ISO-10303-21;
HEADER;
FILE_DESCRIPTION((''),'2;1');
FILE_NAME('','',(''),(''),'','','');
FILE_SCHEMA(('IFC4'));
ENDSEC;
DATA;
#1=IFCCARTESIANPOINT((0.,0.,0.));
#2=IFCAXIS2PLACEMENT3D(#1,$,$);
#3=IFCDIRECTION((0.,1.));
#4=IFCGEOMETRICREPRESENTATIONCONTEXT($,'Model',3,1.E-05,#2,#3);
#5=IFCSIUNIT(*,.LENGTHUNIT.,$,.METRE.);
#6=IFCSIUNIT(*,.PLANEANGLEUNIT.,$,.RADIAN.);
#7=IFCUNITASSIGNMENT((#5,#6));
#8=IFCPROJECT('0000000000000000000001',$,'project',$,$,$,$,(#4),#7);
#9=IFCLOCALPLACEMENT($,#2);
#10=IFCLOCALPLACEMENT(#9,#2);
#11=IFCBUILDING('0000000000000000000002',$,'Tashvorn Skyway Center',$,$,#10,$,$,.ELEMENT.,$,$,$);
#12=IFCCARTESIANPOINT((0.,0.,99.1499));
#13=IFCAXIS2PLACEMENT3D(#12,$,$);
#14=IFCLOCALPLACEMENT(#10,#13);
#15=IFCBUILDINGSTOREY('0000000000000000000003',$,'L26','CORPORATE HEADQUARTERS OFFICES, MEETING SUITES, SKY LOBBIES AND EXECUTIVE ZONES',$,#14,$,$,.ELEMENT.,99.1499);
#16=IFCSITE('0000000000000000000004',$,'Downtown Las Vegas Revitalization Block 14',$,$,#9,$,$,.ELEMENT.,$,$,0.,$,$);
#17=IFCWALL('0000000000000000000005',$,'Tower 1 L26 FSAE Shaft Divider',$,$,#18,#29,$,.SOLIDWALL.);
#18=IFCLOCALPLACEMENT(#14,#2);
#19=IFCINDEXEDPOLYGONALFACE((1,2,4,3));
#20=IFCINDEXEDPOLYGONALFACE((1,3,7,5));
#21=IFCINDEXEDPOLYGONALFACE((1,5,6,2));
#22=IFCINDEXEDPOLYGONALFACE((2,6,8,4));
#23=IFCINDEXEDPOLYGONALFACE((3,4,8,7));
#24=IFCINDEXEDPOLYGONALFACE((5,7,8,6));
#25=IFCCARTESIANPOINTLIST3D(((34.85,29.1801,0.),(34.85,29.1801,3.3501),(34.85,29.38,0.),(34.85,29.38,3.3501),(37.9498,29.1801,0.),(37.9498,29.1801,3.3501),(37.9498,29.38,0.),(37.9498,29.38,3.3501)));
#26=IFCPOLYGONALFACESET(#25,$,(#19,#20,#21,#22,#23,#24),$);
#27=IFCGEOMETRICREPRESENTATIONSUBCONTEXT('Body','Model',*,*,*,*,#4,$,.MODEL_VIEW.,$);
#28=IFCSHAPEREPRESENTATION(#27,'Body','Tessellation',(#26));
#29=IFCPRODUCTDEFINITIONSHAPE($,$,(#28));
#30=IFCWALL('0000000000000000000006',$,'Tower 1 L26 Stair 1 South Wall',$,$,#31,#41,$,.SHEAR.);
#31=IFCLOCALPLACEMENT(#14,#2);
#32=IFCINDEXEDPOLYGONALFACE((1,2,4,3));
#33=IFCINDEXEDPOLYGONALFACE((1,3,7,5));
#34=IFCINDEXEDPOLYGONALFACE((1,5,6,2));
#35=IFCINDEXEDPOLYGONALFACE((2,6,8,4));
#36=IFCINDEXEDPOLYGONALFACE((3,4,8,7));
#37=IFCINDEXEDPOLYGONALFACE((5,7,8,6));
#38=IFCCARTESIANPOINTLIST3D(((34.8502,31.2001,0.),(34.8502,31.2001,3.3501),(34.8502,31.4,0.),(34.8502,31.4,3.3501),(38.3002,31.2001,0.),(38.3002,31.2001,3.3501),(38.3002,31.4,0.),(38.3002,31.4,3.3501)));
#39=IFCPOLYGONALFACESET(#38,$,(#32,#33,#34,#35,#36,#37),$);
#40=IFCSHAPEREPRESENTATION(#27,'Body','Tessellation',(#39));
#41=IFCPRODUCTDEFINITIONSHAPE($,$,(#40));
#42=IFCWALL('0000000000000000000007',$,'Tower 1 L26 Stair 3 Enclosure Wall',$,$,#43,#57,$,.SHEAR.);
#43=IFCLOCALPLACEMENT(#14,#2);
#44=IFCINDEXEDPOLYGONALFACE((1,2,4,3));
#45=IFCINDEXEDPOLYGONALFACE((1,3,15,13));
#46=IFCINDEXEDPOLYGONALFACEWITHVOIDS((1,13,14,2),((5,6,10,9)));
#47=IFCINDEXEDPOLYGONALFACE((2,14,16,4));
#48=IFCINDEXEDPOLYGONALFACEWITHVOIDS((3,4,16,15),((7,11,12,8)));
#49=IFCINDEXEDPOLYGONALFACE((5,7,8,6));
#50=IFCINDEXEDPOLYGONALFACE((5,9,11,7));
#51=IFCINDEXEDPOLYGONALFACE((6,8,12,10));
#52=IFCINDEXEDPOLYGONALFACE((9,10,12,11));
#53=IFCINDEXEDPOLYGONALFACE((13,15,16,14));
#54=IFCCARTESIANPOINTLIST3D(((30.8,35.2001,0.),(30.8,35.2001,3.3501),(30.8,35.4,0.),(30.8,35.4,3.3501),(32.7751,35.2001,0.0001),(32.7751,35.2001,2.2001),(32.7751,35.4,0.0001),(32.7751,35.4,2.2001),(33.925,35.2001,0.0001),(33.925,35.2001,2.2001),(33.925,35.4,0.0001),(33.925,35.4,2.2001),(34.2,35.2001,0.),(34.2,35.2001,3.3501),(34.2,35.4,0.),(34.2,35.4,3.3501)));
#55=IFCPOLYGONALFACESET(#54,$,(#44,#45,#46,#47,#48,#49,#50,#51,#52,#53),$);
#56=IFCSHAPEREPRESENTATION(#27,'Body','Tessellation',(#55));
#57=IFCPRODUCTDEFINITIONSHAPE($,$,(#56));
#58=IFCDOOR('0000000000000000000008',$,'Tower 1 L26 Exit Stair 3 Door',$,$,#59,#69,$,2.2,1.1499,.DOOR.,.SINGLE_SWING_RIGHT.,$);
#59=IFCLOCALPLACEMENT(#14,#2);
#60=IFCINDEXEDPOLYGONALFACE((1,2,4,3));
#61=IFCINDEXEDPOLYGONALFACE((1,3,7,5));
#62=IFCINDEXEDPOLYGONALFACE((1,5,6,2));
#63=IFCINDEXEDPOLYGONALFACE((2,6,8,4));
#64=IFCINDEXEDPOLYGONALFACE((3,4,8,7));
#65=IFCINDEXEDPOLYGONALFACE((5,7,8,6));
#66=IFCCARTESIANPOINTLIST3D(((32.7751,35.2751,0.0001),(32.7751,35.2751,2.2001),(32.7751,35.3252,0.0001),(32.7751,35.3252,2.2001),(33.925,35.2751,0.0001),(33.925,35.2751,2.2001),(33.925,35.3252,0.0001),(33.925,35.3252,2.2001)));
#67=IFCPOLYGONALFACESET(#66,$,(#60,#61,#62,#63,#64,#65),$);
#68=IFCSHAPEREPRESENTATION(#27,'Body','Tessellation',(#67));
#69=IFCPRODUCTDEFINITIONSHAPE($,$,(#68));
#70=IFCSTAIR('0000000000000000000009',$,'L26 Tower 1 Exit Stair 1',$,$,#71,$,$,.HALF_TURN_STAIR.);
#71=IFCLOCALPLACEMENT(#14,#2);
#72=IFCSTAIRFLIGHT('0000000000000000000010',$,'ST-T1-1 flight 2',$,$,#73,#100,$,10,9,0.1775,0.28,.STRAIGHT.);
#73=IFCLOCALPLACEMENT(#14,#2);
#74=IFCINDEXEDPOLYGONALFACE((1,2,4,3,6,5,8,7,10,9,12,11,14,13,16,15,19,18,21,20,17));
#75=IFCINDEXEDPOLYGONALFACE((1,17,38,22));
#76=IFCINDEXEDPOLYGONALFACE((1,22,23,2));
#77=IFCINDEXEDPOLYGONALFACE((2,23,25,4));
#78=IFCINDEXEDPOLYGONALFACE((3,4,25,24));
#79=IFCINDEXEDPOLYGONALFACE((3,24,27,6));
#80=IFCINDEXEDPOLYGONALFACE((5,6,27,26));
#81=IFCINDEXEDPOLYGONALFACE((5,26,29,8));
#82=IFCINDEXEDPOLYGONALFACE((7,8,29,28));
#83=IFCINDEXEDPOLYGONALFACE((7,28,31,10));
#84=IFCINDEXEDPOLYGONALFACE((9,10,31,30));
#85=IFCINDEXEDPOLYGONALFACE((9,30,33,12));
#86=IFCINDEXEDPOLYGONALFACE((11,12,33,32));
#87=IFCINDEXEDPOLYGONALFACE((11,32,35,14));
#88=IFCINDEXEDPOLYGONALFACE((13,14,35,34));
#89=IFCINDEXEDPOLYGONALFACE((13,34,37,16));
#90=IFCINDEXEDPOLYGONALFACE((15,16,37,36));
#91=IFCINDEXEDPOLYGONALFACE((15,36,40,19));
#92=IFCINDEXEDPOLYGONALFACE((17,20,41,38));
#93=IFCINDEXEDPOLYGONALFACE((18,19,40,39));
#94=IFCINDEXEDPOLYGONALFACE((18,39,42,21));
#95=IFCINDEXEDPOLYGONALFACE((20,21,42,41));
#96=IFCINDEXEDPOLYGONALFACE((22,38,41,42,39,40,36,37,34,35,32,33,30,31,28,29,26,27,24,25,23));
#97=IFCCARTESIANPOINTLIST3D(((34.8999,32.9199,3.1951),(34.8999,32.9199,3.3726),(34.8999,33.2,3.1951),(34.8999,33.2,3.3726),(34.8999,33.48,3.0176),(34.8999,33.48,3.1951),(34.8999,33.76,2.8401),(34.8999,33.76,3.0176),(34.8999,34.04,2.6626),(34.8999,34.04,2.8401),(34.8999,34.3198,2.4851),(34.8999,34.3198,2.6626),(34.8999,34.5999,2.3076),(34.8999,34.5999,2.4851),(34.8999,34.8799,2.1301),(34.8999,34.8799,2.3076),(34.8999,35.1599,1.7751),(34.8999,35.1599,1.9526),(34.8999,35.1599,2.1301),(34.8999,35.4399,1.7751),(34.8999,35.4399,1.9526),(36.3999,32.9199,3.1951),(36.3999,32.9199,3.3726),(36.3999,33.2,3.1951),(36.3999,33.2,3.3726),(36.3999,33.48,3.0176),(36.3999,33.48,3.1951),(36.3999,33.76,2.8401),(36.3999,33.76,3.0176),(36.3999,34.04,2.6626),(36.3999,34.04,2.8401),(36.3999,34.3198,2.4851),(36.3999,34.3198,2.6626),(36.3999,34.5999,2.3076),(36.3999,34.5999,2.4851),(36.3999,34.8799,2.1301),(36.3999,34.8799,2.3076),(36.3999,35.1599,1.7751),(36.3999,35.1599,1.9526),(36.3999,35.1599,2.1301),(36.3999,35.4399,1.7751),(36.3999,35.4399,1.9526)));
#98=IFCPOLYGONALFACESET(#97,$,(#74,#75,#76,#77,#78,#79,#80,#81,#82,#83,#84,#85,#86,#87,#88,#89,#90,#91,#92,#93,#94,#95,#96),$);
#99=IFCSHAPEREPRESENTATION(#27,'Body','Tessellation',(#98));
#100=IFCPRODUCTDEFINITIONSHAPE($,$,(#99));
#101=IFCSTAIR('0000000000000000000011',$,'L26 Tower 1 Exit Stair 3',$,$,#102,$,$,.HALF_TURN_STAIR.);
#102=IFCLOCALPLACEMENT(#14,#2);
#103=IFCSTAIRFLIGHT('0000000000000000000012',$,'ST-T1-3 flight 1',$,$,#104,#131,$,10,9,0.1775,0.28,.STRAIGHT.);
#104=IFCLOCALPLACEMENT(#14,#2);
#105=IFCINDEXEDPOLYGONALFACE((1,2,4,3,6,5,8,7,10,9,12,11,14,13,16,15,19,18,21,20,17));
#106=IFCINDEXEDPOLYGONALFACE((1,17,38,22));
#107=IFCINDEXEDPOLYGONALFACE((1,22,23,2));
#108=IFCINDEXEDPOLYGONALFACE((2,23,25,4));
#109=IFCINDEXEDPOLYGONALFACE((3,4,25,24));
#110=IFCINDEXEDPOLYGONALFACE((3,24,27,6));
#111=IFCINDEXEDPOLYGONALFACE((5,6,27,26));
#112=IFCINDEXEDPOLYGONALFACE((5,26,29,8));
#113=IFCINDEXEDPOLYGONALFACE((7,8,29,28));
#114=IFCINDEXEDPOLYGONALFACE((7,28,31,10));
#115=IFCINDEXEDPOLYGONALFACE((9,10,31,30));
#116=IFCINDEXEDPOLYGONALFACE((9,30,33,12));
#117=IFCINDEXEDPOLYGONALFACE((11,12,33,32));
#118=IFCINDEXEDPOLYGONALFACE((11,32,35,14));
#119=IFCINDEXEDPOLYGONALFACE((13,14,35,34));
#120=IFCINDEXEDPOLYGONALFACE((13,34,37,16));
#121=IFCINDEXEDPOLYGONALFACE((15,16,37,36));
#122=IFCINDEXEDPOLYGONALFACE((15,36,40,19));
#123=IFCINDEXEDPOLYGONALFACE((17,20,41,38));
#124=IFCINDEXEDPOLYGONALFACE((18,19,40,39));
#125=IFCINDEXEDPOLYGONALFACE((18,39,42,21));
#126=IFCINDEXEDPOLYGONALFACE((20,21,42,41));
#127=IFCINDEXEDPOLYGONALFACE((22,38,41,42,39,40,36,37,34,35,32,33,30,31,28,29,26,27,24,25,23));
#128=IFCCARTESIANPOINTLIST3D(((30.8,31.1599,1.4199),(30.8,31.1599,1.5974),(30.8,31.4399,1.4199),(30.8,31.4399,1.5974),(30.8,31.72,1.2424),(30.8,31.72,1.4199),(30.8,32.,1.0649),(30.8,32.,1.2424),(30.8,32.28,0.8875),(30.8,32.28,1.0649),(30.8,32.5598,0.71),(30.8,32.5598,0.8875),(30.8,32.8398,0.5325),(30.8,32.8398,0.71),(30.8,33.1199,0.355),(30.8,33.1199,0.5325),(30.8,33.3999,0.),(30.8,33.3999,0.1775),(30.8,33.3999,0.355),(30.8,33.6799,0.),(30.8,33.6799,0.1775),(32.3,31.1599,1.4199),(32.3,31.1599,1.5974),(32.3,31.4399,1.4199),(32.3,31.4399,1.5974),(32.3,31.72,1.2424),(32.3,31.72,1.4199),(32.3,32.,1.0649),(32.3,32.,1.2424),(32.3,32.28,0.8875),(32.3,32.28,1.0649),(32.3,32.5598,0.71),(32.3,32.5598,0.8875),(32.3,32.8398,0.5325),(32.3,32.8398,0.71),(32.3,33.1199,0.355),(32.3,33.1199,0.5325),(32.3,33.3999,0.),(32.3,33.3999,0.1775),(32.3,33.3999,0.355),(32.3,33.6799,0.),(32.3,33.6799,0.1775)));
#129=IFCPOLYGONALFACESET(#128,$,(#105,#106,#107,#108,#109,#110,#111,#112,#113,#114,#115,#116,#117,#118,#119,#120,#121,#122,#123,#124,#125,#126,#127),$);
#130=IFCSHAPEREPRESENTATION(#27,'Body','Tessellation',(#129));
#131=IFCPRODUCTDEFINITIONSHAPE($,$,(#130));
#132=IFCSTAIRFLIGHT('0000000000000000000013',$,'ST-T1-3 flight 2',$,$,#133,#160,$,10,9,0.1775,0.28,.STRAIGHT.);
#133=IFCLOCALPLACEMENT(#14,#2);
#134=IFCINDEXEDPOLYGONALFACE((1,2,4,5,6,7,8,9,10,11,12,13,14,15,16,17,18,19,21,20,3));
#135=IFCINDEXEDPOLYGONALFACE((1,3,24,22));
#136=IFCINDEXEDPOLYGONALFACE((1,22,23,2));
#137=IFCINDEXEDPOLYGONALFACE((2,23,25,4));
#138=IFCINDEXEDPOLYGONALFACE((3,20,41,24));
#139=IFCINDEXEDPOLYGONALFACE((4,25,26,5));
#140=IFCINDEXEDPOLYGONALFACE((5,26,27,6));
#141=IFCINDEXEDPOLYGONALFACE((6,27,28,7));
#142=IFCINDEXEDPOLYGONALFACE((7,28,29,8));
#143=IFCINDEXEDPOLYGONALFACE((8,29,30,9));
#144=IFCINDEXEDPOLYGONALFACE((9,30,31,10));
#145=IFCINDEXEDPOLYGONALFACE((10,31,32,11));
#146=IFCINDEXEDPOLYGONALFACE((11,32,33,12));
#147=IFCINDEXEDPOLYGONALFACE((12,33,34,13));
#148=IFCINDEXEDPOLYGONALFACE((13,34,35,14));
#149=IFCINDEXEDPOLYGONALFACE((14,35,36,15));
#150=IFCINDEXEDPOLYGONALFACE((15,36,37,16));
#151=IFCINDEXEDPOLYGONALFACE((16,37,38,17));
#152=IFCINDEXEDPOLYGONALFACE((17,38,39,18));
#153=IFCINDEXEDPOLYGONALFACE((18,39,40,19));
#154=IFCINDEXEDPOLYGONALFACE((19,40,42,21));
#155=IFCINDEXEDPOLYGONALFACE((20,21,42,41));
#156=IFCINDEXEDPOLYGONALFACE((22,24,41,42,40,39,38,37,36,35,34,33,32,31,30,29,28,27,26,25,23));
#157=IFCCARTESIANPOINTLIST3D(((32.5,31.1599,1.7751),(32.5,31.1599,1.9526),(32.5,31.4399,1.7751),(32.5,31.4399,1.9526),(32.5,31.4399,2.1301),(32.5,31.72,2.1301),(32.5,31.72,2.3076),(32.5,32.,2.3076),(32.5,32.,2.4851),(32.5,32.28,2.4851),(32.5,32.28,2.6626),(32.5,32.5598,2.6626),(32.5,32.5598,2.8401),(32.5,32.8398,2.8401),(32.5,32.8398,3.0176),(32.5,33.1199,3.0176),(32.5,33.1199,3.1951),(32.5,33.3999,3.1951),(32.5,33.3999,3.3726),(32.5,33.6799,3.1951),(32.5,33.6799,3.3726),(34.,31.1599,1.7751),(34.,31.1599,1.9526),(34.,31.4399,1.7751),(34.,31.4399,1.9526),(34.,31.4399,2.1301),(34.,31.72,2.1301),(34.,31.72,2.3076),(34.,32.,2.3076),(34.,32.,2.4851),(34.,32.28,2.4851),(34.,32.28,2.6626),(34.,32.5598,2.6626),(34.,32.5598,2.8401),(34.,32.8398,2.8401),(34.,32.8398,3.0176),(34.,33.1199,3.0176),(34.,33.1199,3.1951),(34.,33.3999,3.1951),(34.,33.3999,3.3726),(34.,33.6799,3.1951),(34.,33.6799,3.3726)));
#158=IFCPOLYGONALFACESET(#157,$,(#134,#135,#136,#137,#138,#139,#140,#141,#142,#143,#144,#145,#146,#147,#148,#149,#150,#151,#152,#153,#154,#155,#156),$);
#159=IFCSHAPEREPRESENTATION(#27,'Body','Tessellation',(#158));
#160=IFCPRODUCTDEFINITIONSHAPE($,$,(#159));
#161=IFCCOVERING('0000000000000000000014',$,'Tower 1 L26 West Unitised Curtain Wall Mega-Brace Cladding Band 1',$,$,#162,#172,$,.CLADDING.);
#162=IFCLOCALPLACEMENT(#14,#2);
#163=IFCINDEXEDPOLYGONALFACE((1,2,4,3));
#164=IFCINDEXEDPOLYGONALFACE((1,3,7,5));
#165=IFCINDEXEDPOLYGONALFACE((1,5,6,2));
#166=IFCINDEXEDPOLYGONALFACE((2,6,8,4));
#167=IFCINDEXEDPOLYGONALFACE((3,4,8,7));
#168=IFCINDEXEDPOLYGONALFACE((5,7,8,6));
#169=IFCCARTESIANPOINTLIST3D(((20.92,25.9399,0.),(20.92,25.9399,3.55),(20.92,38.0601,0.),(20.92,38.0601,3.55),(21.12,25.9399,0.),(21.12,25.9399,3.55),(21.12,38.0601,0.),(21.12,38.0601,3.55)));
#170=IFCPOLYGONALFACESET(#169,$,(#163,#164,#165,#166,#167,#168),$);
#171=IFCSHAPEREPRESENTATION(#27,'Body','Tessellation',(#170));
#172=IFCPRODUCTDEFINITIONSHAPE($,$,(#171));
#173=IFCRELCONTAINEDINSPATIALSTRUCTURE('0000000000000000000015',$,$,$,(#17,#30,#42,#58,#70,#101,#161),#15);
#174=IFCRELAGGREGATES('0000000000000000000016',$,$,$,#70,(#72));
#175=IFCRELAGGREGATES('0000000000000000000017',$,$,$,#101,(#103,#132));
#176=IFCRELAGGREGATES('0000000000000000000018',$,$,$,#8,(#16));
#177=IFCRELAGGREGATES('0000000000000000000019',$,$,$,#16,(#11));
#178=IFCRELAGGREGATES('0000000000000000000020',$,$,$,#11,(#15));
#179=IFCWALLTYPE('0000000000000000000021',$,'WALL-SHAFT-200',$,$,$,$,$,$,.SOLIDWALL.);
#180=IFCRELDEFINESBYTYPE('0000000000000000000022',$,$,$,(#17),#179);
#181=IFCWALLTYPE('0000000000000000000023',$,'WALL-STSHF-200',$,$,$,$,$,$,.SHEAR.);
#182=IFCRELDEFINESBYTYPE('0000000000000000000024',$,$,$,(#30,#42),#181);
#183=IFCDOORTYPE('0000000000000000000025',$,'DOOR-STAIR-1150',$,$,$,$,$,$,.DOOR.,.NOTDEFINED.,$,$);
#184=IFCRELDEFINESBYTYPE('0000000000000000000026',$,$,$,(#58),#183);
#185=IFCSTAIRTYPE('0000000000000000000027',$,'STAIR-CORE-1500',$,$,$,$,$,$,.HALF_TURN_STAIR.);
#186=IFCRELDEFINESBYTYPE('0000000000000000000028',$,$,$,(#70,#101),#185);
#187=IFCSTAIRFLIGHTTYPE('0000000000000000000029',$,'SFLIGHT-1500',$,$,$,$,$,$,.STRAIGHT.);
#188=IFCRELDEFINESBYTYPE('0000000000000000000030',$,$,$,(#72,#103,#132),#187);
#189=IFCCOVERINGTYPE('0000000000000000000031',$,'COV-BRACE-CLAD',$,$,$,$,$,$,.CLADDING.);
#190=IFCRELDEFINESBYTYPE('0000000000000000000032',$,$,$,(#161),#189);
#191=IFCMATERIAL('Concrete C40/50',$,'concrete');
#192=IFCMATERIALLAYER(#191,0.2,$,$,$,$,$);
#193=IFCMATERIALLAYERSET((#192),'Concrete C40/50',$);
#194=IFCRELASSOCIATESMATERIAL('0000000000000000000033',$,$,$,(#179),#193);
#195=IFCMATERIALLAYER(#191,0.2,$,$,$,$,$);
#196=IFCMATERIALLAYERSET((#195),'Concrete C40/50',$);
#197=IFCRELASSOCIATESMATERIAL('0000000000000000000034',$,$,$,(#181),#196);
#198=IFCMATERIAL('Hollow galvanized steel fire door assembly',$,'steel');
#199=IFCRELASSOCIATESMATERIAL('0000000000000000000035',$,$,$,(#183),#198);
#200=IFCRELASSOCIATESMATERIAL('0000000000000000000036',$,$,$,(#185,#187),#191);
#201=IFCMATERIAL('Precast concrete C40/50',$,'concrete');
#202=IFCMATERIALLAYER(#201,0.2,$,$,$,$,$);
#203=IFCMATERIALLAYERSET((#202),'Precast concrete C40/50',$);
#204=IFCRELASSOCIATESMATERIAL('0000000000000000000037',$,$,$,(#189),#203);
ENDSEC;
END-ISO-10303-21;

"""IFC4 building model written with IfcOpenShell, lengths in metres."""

from ifc_helpers import new_model, si_unit, direction, frame, frame_2d, origin, origin_2d, place, context, subcontext, project, spatial, polyline, rectangle, outline, extrude, material, layer, layer_set, type_object, element, fill, aggregate, save


model = new_model("IFC4")

# Units and contexts
model_context = context("Model", 3, precision=1e-05, world=origin(), true_north=direction((0.0, 1.0)))
body_context = subcontext(model_context, "Body", "Model", "MODEL_VIEW")
ifc_project = project(units=[si_unit("LENGTHUNIT", "METRE"), si_unit("PLANEANGLEUNIT", "RADIAN")], contexts=[model_context])

# Site, building, storey
site_placement = place(None, origin())
site = spatial("IfcSite", under=ifc_project, at=site_placement, Name="Downtown Las Vegas Revitalization Block 14", CompositionType="ELEMENT", RefElevation=0.0)
building_placement = place(site_placement, origin())
building = spatial("IfcBuilding", under=site, at=building_placement, Name="Tashvorn Skyway Center", CompositionType="ELEMENT")
storey_placement = place(building_placement, frame((0.0, 0.0, 99.1499)))
storey = spatial("IfcBuildingStorey", under=building, at=storey_placement, Name="L26", Description="CORPORATE HEADQUARTERS OFFICES, MEETING SUITES, SKY LOBBIES AND EXECUTIVE ZONES", CompositionType="ELEMENT", Elevation=99.1499)

# Walls
ifc_material_1 = material(Name="Concrete C40/50", Category="concrete")
ifc_layer_1 = layer(ifc_material_1, 0.2)
ifc_layer_set_1 = layer_set([ifc_layer_1], Name="Concrete C40/50")
wall_type_1 = type_object("IfcWallType", Name="WALL-SHAFT-200", PredefinedType="SOLIDWALL", material=ifc_layer_set_1)
wall_1_placement = place(storey_placement, frame((34.8501, 29.28, 0.0), z_axis=(0.0, 0.0, 1.0), x_axis=(1.0, 0.0, 0.0)))
element("IfcWall", 1, at=wall_1_placement, inside=storey, type_object=wall_type_1, Name="Tower 1 L26 FSAE Shaft Divider", PredefinedType="SOLIDWALL", context=body_context, shape_type="SweptSolid", body=[
    extrude(rectangle(XDim=3.0999, YDim=0.2, at=frame_2d((1.5498, 0.0))), origin(), (0.0, 0.0, 1.0), 3.3501),
])
ifc_layer_2 = layer(ifc_material_1, 0.2)
ifc_layer_set_2 = layer_set([ifc_layer_2], Name="Concrete C40/50")
wall_type_2 = type_object("IfcWallType", Name="WALL-STSHF-200", PredefinedType="SHEAR", material=ifc_layer_set_2)
wall_2_placement = place(storey_placement, frame((34.8501, 31.3, 0.0), z_axis=(0.0, 0.0, 1.0), x_axis=(1.0, 0.0, 0.0)))
element("IfcWall", 2, at=wall_2_placement, inside=storey, type_object=wall_type_2, Name="Tower 1 L26 Stair 1 South Wall", PredefinedType="SHEAR", context=body_context, shape_type="SweptSolid", body=[
    extrude(rectangle(XDim=3.45, YDim=0.2, at=frame_2d((1.7251, 0.0))), origin(), (0.0, 0.0, 1.0), 3.3501),
])

# Wall, opening, door
wall_3_placement = place(storey_placement, frame((34.2, 35.3, 0.0), z_axis=(0.0, 0.0, 1.0), x_axis=(-1.0, 0.0, 0.0)))
wall_3 = element("IfcWall", 3, at=wall_3_placement, inside=storey, type_object=wall_type_2, Name="Tower 1 L26 Stair 3 Enclosure Wall", PredefinedType="SHEAR", context=body_context, shape_type="SweptSolid", body=[
    extrude(rectangle(XDim=3.3999, YDim=0.2, at=frame_2d((1.7, 0.0))), origin(), (0.0, 0.0, 1.0), 3.3501),
])
opening_placement = place(wall_3_placement, frame((0.2749, 0.0, 0.0)))
opening = element("IfcOpeningElement", 4, at=opening_placement, cuts=wall_3, PredefinedType="OPENING", context=body_context, shape_type="SweptSolid", body=[
    extrude(rectangle(XDim=1.1499, YDim=2.2, at=frame_2d((0.575, 1.1001))), frame((0.0, 0.1099, 0.0), z_axis=(0.0, -1.0, 0.0), x_axis=(1.0, 0.0, 0.0)), (0.0, 0.0, 1.0), 0.22),
])
ifc_material_2 = material(Name="Hollow galvanized steel fire door assembly", Category="steel")
door_type = type_object("IfcDoorType", Name="DOOR-STAIR-1150", OperationType="NOTDEFINED", PredefinedType="DOOR", material=ifc_material_2)
door_placement = place(opening_placement, origin())
door = element("IfcDoor", 5, at=door_placement, inside=storey, type_object=door_type, Name="Tower 1 L26 Exit Stair 3 Door", OperationType="SINGLE_SWING_RIGHT", OverallHeight=2.2, OverallWidth=1.1499, PredefinedType="DOOR", context=body_context, shape_type="SweptSolid", body=[
    extrude(rectangle(XDim=1.1499, YDim=2.2, at=frame_2d((0.575, 1.1001))), frame((0.0, 0.0249, 0.0), z_axis=(0.0, -1.0, 0.0), x_axis=(1.0, 0.0, 0.0)), (0.0, 0.0, 1.0), 0.05),
])
fill(opening, door)

# Stair, stair flight
stair_type = type_object("IfcStairType", Name="STAIR-CORE-1500", PredefinedType="HALF_TURN_STAIR", material=ifc_material_1)
stair_1_placement = place(storey_placement, origin())
stair_1 = element("IfcStair", 6, at=stair_1_placement, inside=storey, type_object=stair_type, Name="L26 Tower 1 Exit Stair 1", PredefinedType="HALF_TURN_STAIR")
stair_flight_type = type_object("IfcStairFlightType", Name="SFLIGHT-1500", PredefinedType="STRAIGHT", material=ifc_material_1)
stair_flight_1_placement = place(storey_placement, frame((35.6499, 35.4399, 1.7751), z_axis=(0.0, 0.0, 1.0), x_axis=(0.0, -1.0, 0.0)))
stair_flight_1 = element("IfcStairFlight", 7, at=stair_flight_1_placement, type_object=stair_flight_type, Name="ST-T1-1 flight 2", NumberOfRisers=10, NumberOfTreads=9, PredefinedType="STRAIGHT", RiserHeight=0.1775, TreadLength=0.28, context=body_context, shape_type="SweptSolid", body=[
    extrude(outline(polyline([(0.0, 0.0), (0.0, 0.1775), (0.28, 0.1775), (0.28, 0.355), (0.5601, 0.355), (0.5601, 0.5325), (0.8401, 0.5325), (0.8401, 0.71), (1.1201, 0.71), (1.1201, 0.8875), (1.3999, 0.8875), (1.3999, 1.0649), (1.6799, 1.0649), (1.6799, 1.2424), (1.96, 1.2424), (1.96, 1.4199), (2.24, 1.4199), (2.24, 1.5974), (2.52, 1.5974), (2.52, 1.7749), (2.52, 1.4199), (0.28, 0.0), (0.0, 0.0)])), frame((0.0, 0.75, 0.0), z_axis=(0.0, -1.0, 0.0), x_axis=(1.0, 0.0, 0.0)), (0.0, 0.0, 1.0), 1.5),
])
aggregate(stair_1, [stair_flight_1])

# Stair, stair flights
stair_2_placement = place(storey_placement, origin())
stair_2 = element("IfcStair", 8, at=stair_2_placement, inside=storey, type_object=stair_type, Name="L26 Tower 1 Exit Stair 3", PredefinedType="HALF_TURN_STAIR")
stair_flight_2_placement = place(storey_placement, frame((31.55, 33.6799, 0.0), z_axis=(0.0, 0.0, 1.0), x_axis=(0.0, -1.0, 0.0)))
stair_flight_2 = element("IfcStairFlight", 9, at=stair_flight_2_placement, type_object=stair_flight_type, Name="ST-T1-3 flight 1", NumberOfRisers=10, NumberOfTreads=9, PredefinedType="STRAIGHT", RiserHeight=0.1775, TreadLength=0.28, context=body_context, shape_type="SweptSolid", body=[
    extrude(outline(polyline([(0.0, 0.0), (0.0, 0.1775), (0.28, 0.1775), (0.28, 0.355), (0.5601, 0.355), (0.5601, 0.5325), (0.8401, 0.5325), (0.8401, 0.71), (1.1201, 0.71), (1.1201, 0.8875), (1.3999, 0.8875), (1.3999, 1.0649), (1.6799, 1.0649), (1.6799, 1.2424), (1.96, 1.2424), (1.96, 1.4199), (2.24, 1.4199), (2.24, 1.5974), (2.52, 1.5974), (2.52, 1.7749), (2.52, 1.4199), (0.28, 0.0), (0.0, 0.0)])), frame((0.0, 0.75, 0.0), z_axis=(0.0, -1.0, 0.0), x_axis=(1.0, 0.0, 0.0)), (0.0, 0.0, 1.0), 1.5),
])
stair_flight_3_placement = place(storey_placement, frame((33.25, 31.1599, 1.7751), z_axis=(0.0, 0.0, 1.0), x_axis=(0.0, 1.0, 0.0)))
stair_flight_3 = element("IfcStairFlight", 10, at=stair_flight_3_placement, type_object=stair_flight_type, Name="ST-T1-3 flight 2", NumberOfRisers=10, NumberOfTreads=9, PredefinedType="STRAIGHT", RiserHeight=0.1775, TreadLength=0.28, context=body_context, shape_type="SweptSolid", body=[
    extrude(outline(polyline([(0.0, 0.0), (0.0, 0.1775), (0.28, 0.1775), (0.28, 0.355), (0.5601, 0.355), (0.5601, 0.5325), (0.8401, 0.5325), (0.8401, 0.71), (1.1201, 0.71), (1.1201, 0.8875), (1.3999, 0.8875), (1.3999, 1.0649), (1.6799, 1.0649), (1.6799, 1.2424), (1.96, 1.2424), (1.96, 1.4199), (2.24, 1.4199), (2.24, 1.5974), (2.52, 1.5974), (2.52, 1.7749), (2.52, 1.4199), (0.28, 0.0), (0.0, 0.0)])), frame((0.0, 0.75, 0.0), z_axis=(0.0, -1.0, 0.0), x_axis=(1.0, 0.0, 0.0)), (0.0, 0.0, 1.0), 1.5),
])
aggregate(stair_2, [stair_flight_2, stair_flight_3])

# Covering
ifc_material_3 = material(Name="Precast concrete C40/50", Category="concrete")
ifc_layer_3 = layer(ifc_material_3, 0.2)
ifc_layer_set_3 = layer_set([ifc_layer_3], Name="Precast concrete C40/50")
covering_type_1 = type_object("IfcCoveringType", Name="COV-BRACE-CLAD", PredefinedType="CLADDING", material=ifc_layer_set_3)
covering_placement = place(storey_placement, frame((21.02, 32.0, 0.0), z_axis=(0.0, 0.0, 1.0), x_axis=(0.0, 1.0, 0.0)))
element("IfcCovering", 11, at=covering_placement, inside=storey, type_object=covering_type_1, Name="Tower 1 L26 West Unitised Curtain Wall Mega-Brace Cladding Band 1", PredefinedType="CLADDING", context=body_context, shape_type="SweptSolid", body=[
    extrude(rectangle(XDim=12.1201, YDim=0.2, at=origin_2d()), origin(), (0.0, 0.0, 1.0), 3.55),
])

save(model, "model.ifc")
